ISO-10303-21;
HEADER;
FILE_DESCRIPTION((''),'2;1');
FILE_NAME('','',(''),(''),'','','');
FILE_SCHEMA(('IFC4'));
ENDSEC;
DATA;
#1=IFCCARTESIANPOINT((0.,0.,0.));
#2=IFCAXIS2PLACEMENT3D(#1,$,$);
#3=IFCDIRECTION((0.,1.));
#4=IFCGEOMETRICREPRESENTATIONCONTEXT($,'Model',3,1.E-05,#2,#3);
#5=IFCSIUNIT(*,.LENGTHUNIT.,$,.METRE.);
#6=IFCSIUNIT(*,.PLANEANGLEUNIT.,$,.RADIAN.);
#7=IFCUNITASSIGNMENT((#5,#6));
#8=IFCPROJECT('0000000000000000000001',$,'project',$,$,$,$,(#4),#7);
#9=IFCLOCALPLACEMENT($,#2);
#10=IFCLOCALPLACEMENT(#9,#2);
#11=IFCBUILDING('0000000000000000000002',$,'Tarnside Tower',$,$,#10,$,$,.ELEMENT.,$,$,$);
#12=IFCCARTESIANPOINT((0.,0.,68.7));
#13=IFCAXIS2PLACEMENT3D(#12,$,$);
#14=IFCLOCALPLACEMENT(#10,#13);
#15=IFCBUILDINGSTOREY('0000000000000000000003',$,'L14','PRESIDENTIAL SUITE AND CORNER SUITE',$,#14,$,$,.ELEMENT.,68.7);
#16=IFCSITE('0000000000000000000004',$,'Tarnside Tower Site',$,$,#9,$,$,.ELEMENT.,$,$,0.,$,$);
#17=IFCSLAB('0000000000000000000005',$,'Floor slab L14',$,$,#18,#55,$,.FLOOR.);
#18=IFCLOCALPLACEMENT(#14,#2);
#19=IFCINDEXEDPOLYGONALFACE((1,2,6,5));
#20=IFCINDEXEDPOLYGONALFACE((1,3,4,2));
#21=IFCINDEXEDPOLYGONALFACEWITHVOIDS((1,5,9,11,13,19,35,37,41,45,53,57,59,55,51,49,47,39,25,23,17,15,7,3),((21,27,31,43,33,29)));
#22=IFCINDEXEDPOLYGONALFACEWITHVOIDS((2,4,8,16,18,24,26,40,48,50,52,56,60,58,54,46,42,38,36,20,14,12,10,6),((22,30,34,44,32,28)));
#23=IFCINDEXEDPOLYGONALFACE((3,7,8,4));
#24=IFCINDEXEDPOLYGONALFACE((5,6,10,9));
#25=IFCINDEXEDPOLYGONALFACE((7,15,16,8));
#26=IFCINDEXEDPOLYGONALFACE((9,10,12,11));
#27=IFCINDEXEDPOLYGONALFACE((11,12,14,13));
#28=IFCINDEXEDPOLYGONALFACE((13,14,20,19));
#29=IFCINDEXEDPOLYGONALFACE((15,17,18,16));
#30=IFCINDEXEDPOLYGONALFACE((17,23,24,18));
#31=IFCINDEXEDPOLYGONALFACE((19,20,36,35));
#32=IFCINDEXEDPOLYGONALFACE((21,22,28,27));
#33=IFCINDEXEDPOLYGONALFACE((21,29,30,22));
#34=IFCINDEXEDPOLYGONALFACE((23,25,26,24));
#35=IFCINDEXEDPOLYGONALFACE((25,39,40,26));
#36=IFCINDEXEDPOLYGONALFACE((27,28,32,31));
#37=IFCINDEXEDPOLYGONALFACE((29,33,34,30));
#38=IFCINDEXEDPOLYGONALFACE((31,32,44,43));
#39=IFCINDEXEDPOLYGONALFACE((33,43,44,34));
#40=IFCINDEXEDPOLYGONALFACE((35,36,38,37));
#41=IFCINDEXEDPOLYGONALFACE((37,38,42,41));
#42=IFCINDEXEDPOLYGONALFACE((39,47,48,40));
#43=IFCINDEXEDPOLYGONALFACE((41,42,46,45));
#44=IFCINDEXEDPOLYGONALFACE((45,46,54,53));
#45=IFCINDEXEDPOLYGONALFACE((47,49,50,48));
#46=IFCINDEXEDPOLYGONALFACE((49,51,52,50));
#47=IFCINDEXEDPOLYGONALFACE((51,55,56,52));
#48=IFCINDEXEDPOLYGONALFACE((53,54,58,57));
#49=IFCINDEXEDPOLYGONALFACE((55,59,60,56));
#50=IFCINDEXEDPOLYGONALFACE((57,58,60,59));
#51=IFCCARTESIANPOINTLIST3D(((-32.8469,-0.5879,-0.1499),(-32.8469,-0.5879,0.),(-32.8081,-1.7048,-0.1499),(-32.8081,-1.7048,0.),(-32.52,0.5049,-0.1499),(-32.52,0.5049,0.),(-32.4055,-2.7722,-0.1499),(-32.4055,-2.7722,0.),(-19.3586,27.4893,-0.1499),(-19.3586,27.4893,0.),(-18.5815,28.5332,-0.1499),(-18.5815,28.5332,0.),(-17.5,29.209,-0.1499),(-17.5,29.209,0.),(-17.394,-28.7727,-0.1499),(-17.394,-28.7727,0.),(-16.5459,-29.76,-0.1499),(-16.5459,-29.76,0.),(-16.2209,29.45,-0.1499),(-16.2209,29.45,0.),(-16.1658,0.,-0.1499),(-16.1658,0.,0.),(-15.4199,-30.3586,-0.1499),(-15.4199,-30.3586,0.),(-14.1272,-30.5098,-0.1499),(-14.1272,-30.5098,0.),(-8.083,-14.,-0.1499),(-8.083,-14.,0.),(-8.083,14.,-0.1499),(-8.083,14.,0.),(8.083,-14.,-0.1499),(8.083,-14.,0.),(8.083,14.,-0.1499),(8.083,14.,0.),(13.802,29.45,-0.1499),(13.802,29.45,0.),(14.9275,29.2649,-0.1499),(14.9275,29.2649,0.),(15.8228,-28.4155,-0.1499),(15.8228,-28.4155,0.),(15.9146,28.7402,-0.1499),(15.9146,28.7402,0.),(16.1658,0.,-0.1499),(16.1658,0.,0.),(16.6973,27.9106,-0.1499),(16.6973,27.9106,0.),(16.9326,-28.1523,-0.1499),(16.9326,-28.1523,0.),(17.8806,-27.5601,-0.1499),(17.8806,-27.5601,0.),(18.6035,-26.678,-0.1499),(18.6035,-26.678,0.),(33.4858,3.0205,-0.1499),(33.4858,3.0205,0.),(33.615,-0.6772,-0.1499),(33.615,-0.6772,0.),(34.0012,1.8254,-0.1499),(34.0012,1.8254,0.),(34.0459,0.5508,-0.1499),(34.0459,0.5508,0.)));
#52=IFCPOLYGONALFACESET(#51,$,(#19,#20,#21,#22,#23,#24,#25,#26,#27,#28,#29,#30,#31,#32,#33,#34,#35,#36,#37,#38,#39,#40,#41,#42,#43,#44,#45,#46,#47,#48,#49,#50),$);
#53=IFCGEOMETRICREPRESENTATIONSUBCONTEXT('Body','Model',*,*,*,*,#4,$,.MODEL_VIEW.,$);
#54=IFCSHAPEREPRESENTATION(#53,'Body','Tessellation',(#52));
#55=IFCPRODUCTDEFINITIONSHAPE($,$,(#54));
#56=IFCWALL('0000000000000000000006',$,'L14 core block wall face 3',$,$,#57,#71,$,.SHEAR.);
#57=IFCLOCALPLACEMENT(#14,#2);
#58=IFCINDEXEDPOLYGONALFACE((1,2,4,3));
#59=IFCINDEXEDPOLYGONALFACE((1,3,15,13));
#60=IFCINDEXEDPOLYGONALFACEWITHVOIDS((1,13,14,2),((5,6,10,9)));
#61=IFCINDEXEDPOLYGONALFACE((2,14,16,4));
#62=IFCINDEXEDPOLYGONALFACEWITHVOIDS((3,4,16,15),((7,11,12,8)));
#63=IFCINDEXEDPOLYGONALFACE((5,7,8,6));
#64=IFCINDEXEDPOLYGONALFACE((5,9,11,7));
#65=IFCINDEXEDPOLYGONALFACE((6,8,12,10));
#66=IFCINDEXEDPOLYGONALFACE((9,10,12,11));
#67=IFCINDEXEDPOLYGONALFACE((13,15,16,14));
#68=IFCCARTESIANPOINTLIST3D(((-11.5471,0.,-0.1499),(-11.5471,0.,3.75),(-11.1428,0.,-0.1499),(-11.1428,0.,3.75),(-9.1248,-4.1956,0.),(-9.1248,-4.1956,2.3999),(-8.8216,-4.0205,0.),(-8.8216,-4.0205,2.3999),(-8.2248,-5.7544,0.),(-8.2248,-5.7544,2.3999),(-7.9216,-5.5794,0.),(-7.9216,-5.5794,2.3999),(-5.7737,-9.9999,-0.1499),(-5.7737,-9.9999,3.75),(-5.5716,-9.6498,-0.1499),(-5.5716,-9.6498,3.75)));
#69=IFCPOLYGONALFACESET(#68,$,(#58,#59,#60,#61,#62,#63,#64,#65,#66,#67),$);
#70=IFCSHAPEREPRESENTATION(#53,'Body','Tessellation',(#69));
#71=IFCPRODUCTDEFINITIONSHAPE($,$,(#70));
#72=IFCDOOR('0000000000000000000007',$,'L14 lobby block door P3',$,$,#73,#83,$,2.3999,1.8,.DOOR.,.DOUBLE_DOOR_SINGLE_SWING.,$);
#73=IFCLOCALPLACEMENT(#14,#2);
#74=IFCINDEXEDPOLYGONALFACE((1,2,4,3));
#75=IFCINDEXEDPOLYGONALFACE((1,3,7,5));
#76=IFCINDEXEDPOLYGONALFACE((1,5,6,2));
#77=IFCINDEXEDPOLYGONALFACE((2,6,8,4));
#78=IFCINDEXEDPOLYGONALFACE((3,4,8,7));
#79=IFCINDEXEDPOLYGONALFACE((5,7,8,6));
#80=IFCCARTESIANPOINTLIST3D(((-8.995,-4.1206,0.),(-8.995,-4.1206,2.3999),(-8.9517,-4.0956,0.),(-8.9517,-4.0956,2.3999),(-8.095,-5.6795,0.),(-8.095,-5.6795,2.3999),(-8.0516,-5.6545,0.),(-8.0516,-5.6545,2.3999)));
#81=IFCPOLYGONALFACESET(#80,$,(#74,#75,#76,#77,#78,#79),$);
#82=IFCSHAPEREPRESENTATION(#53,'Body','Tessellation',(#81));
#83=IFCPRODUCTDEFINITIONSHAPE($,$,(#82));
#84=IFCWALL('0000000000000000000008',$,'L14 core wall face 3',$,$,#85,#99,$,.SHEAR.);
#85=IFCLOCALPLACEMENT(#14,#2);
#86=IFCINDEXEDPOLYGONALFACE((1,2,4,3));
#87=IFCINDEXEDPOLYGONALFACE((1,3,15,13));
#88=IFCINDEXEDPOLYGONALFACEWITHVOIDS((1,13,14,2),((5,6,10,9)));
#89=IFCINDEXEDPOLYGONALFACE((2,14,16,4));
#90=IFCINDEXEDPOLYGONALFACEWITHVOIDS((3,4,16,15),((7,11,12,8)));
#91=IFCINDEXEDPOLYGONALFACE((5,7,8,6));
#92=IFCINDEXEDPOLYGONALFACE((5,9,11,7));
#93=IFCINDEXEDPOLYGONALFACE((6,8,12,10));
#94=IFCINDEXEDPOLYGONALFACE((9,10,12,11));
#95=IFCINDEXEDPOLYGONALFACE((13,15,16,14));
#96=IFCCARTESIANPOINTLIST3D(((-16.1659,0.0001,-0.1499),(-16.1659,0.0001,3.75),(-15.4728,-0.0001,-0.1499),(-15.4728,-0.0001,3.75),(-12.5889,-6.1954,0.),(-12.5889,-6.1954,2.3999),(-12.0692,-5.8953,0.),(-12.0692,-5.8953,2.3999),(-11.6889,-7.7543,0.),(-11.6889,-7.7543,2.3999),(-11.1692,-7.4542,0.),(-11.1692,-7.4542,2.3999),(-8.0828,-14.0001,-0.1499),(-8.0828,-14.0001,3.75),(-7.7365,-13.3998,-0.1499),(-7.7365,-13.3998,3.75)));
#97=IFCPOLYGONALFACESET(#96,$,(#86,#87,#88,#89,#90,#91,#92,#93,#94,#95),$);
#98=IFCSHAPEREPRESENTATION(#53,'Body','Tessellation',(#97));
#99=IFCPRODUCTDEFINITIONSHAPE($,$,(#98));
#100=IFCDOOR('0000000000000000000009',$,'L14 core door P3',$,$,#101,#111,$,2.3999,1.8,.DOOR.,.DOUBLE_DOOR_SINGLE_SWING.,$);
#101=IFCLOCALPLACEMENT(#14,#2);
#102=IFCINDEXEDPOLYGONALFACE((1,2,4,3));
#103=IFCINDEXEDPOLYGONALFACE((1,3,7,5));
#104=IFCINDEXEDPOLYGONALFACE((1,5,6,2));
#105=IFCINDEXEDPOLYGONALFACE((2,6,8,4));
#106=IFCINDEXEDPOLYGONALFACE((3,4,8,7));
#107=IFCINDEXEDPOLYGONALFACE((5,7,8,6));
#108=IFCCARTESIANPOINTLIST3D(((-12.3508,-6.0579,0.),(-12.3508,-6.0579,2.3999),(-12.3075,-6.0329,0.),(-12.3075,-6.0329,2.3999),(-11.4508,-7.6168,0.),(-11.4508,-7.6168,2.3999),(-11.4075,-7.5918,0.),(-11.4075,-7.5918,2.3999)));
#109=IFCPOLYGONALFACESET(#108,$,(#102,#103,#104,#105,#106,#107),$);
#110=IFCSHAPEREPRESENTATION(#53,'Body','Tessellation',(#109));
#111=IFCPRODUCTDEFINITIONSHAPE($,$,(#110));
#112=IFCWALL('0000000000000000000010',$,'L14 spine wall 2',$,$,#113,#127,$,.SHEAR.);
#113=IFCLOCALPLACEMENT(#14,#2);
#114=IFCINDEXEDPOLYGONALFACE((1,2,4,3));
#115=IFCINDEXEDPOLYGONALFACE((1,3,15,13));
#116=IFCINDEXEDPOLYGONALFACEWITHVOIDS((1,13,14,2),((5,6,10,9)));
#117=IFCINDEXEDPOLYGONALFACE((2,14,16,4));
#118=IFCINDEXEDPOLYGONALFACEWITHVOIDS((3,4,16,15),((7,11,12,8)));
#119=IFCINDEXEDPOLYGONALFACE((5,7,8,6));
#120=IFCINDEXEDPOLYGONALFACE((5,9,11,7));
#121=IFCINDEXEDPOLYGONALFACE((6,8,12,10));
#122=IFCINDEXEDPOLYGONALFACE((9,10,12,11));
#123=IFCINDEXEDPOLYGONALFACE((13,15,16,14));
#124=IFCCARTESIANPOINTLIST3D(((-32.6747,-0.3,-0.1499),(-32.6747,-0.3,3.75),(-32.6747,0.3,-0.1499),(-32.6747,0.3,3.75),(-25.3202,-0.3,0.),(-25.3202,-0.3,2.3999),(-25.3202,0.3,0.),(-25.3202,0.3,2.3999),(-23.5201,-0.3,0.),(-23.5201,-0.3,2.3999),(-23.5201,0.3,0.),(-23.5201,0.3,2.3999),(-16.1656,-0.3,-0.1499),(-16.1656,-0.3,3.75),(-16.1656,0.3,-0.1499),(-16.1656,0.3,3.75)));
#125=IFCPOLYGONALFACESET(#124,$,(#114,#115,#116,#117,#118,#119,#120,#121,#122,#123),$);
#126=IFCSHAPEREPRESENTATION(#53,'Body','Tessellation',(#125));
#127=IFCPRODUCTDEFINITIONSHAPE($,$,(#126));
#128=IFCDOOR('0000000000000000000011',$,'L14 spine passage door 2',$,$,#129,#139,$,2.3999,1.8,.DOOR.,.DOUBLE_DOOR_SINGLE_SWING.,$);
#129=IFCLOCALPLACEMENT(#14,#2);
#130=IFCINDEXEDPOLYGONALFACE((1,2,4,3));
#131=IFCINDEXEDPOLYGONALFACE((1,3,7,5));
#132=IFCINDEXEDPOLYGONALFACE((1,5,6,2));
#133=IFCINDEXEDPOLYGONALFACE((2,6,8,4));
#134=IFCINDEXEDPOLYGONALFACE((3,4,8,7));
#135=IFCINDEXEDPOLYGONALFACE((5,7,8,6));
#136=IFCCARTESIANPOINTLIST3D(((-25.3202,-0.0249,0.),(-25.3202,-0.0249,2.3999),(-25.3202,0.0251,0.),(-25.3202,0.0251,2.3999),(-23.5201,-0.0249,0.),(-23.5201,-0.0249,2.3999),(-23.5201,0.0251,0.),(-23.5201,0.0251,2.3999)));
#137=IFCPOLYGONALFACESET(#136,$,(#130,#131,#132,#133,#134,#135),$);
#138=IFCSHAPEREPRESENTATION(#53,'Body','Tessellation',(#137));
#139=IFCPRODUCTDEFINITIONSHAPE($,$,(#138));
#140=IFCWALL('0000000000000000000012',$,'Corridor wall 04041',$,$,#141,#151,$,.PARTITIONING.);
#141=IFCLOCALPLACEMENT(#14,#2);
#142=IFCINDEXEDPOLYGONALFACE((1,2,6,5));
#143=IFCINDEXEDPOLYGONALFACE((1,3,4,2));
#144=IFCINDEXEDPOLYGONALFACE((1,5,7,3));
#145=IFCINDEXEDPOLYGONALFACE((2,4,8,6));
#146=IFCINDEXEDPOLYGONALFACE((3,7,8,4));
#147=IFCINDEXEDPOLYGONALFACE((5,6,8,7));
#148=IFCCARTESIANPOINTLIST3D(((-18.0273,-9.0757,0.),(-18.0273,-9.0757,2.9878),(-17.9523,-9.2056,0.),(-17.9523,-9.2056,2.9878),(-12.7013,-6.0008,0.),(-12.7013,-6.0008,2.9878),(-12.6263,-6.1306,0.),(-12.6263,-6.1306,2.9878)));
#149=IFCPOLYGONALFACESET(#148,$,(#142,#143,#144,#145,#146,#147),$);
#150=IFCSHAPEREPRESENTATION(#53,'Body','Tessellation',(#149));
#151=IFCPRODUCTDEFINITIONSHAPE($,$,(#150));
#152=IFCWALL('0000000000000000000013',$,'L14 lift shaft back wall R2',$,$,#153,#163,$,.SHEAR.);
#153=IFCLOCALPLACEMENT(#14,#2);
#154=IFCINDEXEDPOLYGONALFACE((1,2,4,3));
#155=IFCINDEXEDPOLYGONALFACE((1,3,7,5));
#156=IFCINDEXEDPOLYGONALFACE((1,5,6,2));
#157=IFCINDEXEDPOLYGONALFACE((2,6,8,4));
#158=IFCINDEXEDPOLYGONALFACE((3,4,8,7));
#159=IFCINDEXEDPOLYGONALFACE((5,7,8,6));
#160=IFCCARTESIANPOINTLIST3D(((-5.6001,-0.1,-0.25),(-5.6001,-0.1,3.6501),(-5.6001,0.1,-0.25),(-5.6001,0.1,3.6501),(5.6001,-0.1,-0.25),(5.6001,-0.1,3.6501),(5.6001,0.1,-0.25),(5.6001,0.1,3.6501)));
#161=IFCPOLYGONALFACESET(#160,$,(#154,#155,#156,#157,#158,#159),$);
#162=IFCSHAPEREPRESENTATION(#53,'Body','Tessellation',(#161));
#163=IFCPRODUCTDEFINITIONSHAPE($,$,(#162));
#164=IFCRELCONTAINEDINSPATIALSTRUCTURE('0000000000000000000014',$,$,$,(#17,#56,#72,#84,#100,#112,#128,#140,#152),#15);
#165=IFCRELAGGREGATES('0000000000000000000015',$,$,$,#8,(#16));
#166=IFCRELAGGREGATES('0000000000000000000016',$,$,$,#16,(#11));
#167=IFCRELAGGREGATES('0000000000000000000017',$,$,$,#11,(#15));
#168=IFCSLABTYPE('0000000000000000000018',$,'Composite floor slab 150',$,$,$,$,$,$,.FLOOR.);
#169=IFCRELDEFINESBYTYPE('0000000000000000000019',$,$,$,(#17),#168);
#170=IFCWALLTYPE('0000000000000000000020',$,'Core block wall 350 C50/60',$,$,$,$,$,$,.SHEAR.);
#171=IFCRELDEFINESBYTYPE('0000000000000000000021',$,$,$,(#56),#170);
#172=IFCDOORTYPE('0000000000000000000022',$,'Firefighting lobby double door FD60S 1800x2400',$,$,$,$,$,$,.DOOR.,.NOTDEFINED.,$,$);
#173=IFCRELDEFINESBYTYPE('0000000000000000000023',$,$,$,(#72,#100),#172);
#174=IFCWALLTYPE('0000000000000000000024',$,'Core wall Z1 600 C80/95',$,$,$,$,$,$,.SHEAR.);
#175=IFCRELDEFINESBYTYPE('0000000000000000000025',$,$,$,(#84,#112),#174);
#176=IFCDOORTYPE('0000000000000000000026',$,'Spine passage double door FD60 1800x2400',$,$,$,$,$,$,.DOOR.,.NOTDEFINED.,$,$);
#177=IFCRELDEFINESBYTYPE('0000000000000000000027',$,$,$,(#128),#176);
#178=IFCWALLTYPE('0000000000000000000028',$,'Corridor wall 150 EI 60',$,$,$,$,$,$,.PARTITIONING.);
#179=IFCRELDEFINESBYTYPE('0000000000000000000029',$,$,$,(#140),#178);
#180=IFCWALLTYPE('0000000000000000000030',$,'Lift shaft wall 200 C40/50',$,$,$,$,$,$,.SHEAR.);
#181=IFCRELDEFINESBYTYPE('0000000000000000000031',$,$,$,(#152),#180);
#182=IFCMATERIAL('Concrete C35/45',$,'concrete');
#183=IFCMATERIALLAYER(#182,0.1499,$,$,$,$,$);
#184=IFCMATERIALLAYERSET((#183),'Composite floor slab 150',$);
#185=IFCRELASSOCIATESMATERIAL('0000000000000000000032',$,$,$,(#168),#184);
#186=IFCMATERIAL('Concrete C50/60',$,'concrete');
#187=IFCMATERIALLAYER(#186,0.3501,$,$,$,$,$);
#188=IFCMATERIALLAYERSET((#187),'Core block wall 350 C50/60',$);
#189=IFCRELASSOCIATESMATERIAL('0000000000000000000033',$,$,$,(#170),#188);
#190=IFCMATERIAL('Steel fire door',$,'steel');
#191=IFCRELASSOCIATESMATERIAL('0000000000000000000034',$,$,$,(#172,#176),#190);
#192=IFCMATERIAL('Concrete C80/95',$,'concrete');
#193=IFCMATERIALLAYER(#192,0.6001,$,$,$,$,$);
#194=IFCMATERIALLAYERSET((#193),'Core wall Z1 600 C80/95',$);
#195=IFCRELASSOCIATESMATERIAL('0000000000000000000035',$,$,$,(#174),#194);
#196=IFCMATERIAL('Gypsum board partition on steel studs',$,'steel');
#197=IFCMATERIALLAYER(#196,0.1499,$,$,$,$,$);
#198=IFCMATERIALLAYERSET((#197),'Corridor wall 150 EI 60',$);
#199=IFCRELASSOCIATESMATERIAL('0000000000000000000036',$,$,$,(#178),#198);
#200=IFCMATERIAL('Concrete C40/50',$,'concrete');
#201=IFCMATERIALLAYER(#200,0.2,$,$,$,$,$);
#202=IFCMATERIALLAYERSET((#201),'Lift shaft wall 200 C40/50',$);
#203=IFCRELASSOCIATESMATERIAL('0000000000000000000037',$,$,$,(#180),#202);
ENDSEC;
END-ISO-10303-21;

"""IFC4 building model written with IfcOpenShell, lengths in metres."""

from ifc_helpers import new_model, si_unit, direction, frame, frame_2d, origin, place, context, subcontext, project, spatial, polyline, rectangle, outline, extrude, material, layer, layer_set, type_object, element, fill, save


model = new_model("IFC4")

# Units and contexts
model_context = context("Model", 3, precision=1e-05, world=origin(), true_north=direction((0.0, 1.0)))
body_context = subcontext(model_context, "Body", "Model", "MODEL_VIEW")
ifc_project = project(units=[si_unit("LENGTHUNIT", "METRE"), si_unit("PLANEANGLEUNIT", "RADIAN")], contexts=[model_context])

# Site, building, storey
site_placement = place(None, origin())
site = spatial("IfcSite", under=ifc_project, at=site_placement, Name="Tarnside Tower Site", CompositionType="ELEMENT", RefElevation=0.0)
building_placement = place(site_placement, origin())
building = spatial("IfcBuilding", under=site, at=building_placement, Name="Tarnside Tower", CompositionType="ELEMENT")
storey_placement = place(building_placement, frame((0.0, 0.0, 68.7)))
storey = spatial("IfcBuildingStorey", under=building, at=storey_placement, Name="L14", Description="PRESIDENTIAL SUITE AND CORNER SUITE", CompositionType="ELEMENT", Elevation=68.7)

# Slab
ifc_material_1 = material(Name="Concrete C35/45", Category="concrete")
ifc_layer_1 = layer(ifc_material_1, 0.1499)
ifc_layer_set_1 = layer_set([ifc_layer_1], Name="Composite floor slab 150")
slab_type = type_object("IfcSlabType", Name="Composite floor slab 150", PredefinedType="FLOOR", material=ifc_layer_set_1)
slab_placement = place(storey_placement, frame((0.0, 0.0, -0.1499)))
element("IfcSlab", 1, at=slab_placement, inside=storey, type_object=slab_type, Name="Floor slab L14", PredefinedType="FLOOR", context=body_context, shape_type="SweptSolid", body=[
    extrude(outline(polyline([(14.9275, 29.2649), (15.9146, 28.7402), (16.6973, 27.9106), (33.4858, 3.0205), (34.0012, 1.8254), (34.0459, 0.5508), (33.615, -0.6772), (18.6035, -26.678), (17.8806, -27.5601), (16.9326, -28.1523), (15.8228, -28.4155), (-14.1272, -30.5098), (-15.4199, -30.3586), (-16.5459, -29.76), (-17.394, -28.7727), (-32.4055, -2.7722), (-32.8081, -1.7048), (-32.8469, -0.5879), (-32.52, 0.5049), (-19.3586, 27.4893), (-18.5815, 28.5332), (-17.5, 29.209), (-16.2209, 29.45), (13.802, 29.45), (14.9275, 29.2649)]), holes=[polyline([(-16.1658, 0.0), (-8.083, -14.0), (8.083, -14.0), (16.1658, 0.0), (8.083, 14.0), (-8.083, 14.0), (-16.1658, 0.0)])]), origin(), (0.0, 0.0, 1.0), 0.1499),
])

# Walls, openings, doors
ifc_material_2 = material(Name="Concrete C50/60", Category="concrete")
ifc_layer_2 = layer(ifc_material_2, 0.3501)
ifc_layer_set_2 = layer_set([ifc_layer_2], Name="Core block wall 350 C50/60")
wall_type_1 = type_object("IfcWallType", Name="Core block wall 350 C50/60", PredefinedType="SHEAR", material=ifc_layer_set_2)
wall_1_placement = place(storey_placement, frame((-11.345, 0.0, -0.1499), z_axis=(0.0, 0.0, 1.0), x_axis=(0.499995, -0.866028, 0.0)))
wall_1 = element("IfcWall", 2, at=wall_1_placement, inside=storey, type_object=wall_type_1, Name="L14 core block wall face 3", PredefinedType="SHEAR", context=body_context, shape_type="SweptSolid", body=[
    extrude(outline(polyline([(-0.1011, -0.175), (11.4458, -0.175), (11.2437, 0.175), (0.1011, 0.175), (-0.1011, -0.175)])), origin(), (0.0, 0.0, 1.0), 3.8999),
])
opening_1_placement = place(wall_1_placement, frame((4.7437, 0.0, 0.1499)))
opening_1 = element("IfcOpeningElement", 3, at=opening_1_placement, cuts=wall_1, PredefinedType="OPENING", context=body_context, shape_type="SweptSolid", body=[
    extrude(rectangle(XDim=1.8, YDim=2.3999, at=frame_2d((0.8999, 1.2))), frame((0.0, 0.1851, 0.0), z_axis=(0.0, -1.0, 0.0), x_axis=(1.0, 0.0, 0.0)), (0.0, 0.0, 1.0), 0.3701),
])
ifc_material_3 = material(Name="Steel fire door", Category="steel")
door_type_1 = type_object("IfcDoorType", Name="Firefighting lobby double door FD60S 1800x2400", OperationType="NOTDEFINED", PredefinedType="DOOR", material=ifc_material_3)
door_1_placement = place(opening_1_placement, origin())
door_1 = element("IfcDoor", 4, at=door_1_placement, inside=storey, type_object=door_type_1, Name="L14 lobby block door P3", OperationType="DOUBLE_DOOR_SINGLE_SWING", OverallHeight=2.3999, OverallWidth=1.8, PredefinedType="DOOR", context=body_context, shape_type="SweptSolid", body=[
    extrude(rectangle(XDim=1.8, YDim=2.3999, at=frame_2d((0.8999, 1.2))), frame((0.0, 0.0249, 0.0), z_axis=(0.0, -1.0, 0.0), x_axis=(1.0, 0.0, 0.0)), (0.0, 0.0, 1.0), 0.05),
])
fill(opening_1, door_1)
ifc_material_4 = material(Name="Concrete C80/95", Category="concrete")
ifc_layer_3 = layer(ifc_material_4, 0.6001)
ifc_layer_set_3 = layer_set([ifc_layer_3], Name="Core wall Z1 600 C80/95")
wall_type_2 = type_object("IfcWallType", Name="Core wall Z1 600 C80/95", PredefinedType="SHEAR", material=ifc_layer_set_3)
wall_2_placement = place(storey_placement, frame((-15.8193, 0.0, -0.1499), z_axis=(0.0, 0.0, 1.0), x_axis=(0.5, -0.866025, 0.0)))
wall_2 = element("IfcWall", 5, at=wall_2_placement, inside=storey, type_object=wall_type_2, Name="L14 core wall face 3", PredefinedType="SHEAR", context=body_context, shape_type="SweptSolid", body=[
    extrude(outline(polyline([(-0.1733, -0.3), (15.9927, -0.3), (15.646, 0.3), (0.1733, 0.3), (-0.1733, -0.3)])), origin(), (0.0, 0.0, 1.0), 3.8999),
])
opening_2_placement = place(wall_2_placement, frame((6.9807, 0.0, 0.1499)))
opening_2 = element("IfcOpeningElement", 6, at=opening_2_placement, cuts=wall_2, PredefinedType="OPENING", context=body_context, shape_type="SweptSolid", body=[
    extrude(rectangle(XDim=1.8, YDim=2.3999, at=frame_2d((0.8999, 1.2))), frame((0.0, 0.3101, 0.0), z_axis=(0.0, -1.0, 0.0), x_axis=(1.0, 0.0, 0.0)), (0.0, 0.0, 1.0), 0.6201),
])
door_2_placement = place(opening_2_placement, origin())
door_2 = element("IfcDoor", 7, at=door_2_placement, inside=storey, type_object=door_type_1, Name="L14 core door P3", OperationType="DOUBLE_DOOR_SINGLE_SWING", OverallHeight=2.3999, OverallWidth=1.8, PredefinedType="DOOR", context=body_context, shape_type="SweptSolid", body=[
    extrude(rectangle(XDim=1.8, YDim=2.3999, at=frame_2d((0.8999, 1.2))), frame((0.0, 0.0249, 0.0), z_axis=(0.0, -1.0, 0.0), x_axis=(1.0, 0.0, 0.0)), (0.0, 0.0, 1.0), 0.05),
])
fill(opening_2, door_2)
wall_3_placement = place(storey_placement, frame((-16.1658, 0.0, -0.1499), z_axis=(0.0, 0.0, 1.0), x_axis=(-1.0, 0.0, 0.0)))
wall_3 = element("IfcWall", 8, at=wall_3_placement, inside=storey, type_object=wall_type_2, Name="L14 spine wall 2", PredefinedType="SHEAR", context=body_context, shape_type="SweptSolid", body=[
    extrude(rectangle(XDim=16.509, YDim=0.6001, at=frame_2d((8.2544, 0.0))), origin(), (0.0, 0.0, 1.0), 3.8999),
])
opening_3_placement = place(wall_3_placement, frame((7.3545, 0.0, 0.1499)))
opening_3 = element("IfcOpeningElement", 9, at=opening_3_placement, cuts=wall_3, PredefinedType="OPENING", context=body_context, shape_type="SweptSolid", body=[
    extrude(rectangle(XDim=1.8, YDim=2.3999, at=frame_2d((0.8999, 1.2))), frame((0.0, 0.3101, 0.0), z_axis=(0.0, -1.0, 0.0), x_axis=(1.0, 0.0, 0.0)), (0.0, 0.0, 1.0), 0.6201),
])
door_type_2 = type_object("IfcDoorType", Name="Spine passage double door FD60 1800x2400", OperationType="NOTDEFINED", PredefinedType="DOOR", material=ifc_material_3)
door_3_placement = place(opening_3_placement, origin())
door_3 = element("IfcDoor", 10, at=door_3_placement, inside=storey, type_object=door_type_2, Name="L14 spine passage door 2", OperationType="DOUBLE_DOOR_SINGLE_SWING", OverallHeight=2.3999, OverallWidth=1.8, PredefinedType="DOOR", context=body_context, shape_type="SweptSolid", body=[
    extrude(rectangle(XDim=1.8, YDim=2.3999, at=frame_2d((0.8999, 1.2))), frame((0.0, 0.0249, 0.0), z_axis=(0.0, -1.0, 0.0), x_axis=(1.0, 0.0, 0.0)), (0.0, 0.0, 1.0), 0.05),
])
fill(opening_3, door_3)

# Walls
ifc_material_5 = material(Name="Gypsum board partition on steel studs", Category="steel")
ifc_layer_4 = layer(ifc_material_5, 0.1499)
ifc_layer_set_4 = layer_set([ifc_layer_4], Name="Corridor wall 150 EI 60")
wall_type_3 = type_object("IfcWallType", Name="Corridor wall 150 EI 60", PredefinedType="PARTITIONING", material=ifc_layer_set_4)
wall_4_placement = place(storey_placement, frame((-12.6638, -6.0657, 0.0), z_axis=(0.0, 0.0, 1.0), x_axis=(-0.866024, -0.500003, 0.0)))
element("IfcWall", 11, at=wall_4_placement, inside=storey, type_object=wall_type_3, Name="Corridor wall 04041", PredefinedType="PARTITIONING", context=body_context, shape_type="SweptSolid", body=[
    extrude(rectangle(XDim=6.1499, YDim=0.1499, at=frame_2d((3.075, 0.0))), origin(), (0.0, 0.0, 1.0), 2.9878),
])
ifc_material_6 = material(Name="Concrete C40/50", Category="concrete")
ifc_layer_5 = layer(ifc_material_6, 0.2)
ifc_layer_set_5 = layer_set([ifc_layer_5], Name="Lift shaft wall 200 C40/50")
wall_type_4 = type_object("IfcWallType", Name="Lift shaft wall 200 C40/50", PredefinedType="SHEAR", material=ifc_layer_set_5)
wall_5_placement = place(storey_placement, frame((-5.6001, 0.0, -0.25), z_axis=(0.0, 0.0, 1.0), x_axis=(1.0, 0.0, 0.0)))
element("IfcWall", 12, at=wall_5_placement, inside=storey, type_object=wall_type_4, Name="L14 lift shaft back wall R2", PredefinedType="SHEAR", context=body_context, shape_type="SweptSolid", body=[
    extrude(rectangle(XDim=11.2002, YDim=0.2, at=frame_2d((5.6001, 0.0))), origin(), (0.0, 0.0, 1.0), 3.9001),
])

save(model, "model.ifc")
